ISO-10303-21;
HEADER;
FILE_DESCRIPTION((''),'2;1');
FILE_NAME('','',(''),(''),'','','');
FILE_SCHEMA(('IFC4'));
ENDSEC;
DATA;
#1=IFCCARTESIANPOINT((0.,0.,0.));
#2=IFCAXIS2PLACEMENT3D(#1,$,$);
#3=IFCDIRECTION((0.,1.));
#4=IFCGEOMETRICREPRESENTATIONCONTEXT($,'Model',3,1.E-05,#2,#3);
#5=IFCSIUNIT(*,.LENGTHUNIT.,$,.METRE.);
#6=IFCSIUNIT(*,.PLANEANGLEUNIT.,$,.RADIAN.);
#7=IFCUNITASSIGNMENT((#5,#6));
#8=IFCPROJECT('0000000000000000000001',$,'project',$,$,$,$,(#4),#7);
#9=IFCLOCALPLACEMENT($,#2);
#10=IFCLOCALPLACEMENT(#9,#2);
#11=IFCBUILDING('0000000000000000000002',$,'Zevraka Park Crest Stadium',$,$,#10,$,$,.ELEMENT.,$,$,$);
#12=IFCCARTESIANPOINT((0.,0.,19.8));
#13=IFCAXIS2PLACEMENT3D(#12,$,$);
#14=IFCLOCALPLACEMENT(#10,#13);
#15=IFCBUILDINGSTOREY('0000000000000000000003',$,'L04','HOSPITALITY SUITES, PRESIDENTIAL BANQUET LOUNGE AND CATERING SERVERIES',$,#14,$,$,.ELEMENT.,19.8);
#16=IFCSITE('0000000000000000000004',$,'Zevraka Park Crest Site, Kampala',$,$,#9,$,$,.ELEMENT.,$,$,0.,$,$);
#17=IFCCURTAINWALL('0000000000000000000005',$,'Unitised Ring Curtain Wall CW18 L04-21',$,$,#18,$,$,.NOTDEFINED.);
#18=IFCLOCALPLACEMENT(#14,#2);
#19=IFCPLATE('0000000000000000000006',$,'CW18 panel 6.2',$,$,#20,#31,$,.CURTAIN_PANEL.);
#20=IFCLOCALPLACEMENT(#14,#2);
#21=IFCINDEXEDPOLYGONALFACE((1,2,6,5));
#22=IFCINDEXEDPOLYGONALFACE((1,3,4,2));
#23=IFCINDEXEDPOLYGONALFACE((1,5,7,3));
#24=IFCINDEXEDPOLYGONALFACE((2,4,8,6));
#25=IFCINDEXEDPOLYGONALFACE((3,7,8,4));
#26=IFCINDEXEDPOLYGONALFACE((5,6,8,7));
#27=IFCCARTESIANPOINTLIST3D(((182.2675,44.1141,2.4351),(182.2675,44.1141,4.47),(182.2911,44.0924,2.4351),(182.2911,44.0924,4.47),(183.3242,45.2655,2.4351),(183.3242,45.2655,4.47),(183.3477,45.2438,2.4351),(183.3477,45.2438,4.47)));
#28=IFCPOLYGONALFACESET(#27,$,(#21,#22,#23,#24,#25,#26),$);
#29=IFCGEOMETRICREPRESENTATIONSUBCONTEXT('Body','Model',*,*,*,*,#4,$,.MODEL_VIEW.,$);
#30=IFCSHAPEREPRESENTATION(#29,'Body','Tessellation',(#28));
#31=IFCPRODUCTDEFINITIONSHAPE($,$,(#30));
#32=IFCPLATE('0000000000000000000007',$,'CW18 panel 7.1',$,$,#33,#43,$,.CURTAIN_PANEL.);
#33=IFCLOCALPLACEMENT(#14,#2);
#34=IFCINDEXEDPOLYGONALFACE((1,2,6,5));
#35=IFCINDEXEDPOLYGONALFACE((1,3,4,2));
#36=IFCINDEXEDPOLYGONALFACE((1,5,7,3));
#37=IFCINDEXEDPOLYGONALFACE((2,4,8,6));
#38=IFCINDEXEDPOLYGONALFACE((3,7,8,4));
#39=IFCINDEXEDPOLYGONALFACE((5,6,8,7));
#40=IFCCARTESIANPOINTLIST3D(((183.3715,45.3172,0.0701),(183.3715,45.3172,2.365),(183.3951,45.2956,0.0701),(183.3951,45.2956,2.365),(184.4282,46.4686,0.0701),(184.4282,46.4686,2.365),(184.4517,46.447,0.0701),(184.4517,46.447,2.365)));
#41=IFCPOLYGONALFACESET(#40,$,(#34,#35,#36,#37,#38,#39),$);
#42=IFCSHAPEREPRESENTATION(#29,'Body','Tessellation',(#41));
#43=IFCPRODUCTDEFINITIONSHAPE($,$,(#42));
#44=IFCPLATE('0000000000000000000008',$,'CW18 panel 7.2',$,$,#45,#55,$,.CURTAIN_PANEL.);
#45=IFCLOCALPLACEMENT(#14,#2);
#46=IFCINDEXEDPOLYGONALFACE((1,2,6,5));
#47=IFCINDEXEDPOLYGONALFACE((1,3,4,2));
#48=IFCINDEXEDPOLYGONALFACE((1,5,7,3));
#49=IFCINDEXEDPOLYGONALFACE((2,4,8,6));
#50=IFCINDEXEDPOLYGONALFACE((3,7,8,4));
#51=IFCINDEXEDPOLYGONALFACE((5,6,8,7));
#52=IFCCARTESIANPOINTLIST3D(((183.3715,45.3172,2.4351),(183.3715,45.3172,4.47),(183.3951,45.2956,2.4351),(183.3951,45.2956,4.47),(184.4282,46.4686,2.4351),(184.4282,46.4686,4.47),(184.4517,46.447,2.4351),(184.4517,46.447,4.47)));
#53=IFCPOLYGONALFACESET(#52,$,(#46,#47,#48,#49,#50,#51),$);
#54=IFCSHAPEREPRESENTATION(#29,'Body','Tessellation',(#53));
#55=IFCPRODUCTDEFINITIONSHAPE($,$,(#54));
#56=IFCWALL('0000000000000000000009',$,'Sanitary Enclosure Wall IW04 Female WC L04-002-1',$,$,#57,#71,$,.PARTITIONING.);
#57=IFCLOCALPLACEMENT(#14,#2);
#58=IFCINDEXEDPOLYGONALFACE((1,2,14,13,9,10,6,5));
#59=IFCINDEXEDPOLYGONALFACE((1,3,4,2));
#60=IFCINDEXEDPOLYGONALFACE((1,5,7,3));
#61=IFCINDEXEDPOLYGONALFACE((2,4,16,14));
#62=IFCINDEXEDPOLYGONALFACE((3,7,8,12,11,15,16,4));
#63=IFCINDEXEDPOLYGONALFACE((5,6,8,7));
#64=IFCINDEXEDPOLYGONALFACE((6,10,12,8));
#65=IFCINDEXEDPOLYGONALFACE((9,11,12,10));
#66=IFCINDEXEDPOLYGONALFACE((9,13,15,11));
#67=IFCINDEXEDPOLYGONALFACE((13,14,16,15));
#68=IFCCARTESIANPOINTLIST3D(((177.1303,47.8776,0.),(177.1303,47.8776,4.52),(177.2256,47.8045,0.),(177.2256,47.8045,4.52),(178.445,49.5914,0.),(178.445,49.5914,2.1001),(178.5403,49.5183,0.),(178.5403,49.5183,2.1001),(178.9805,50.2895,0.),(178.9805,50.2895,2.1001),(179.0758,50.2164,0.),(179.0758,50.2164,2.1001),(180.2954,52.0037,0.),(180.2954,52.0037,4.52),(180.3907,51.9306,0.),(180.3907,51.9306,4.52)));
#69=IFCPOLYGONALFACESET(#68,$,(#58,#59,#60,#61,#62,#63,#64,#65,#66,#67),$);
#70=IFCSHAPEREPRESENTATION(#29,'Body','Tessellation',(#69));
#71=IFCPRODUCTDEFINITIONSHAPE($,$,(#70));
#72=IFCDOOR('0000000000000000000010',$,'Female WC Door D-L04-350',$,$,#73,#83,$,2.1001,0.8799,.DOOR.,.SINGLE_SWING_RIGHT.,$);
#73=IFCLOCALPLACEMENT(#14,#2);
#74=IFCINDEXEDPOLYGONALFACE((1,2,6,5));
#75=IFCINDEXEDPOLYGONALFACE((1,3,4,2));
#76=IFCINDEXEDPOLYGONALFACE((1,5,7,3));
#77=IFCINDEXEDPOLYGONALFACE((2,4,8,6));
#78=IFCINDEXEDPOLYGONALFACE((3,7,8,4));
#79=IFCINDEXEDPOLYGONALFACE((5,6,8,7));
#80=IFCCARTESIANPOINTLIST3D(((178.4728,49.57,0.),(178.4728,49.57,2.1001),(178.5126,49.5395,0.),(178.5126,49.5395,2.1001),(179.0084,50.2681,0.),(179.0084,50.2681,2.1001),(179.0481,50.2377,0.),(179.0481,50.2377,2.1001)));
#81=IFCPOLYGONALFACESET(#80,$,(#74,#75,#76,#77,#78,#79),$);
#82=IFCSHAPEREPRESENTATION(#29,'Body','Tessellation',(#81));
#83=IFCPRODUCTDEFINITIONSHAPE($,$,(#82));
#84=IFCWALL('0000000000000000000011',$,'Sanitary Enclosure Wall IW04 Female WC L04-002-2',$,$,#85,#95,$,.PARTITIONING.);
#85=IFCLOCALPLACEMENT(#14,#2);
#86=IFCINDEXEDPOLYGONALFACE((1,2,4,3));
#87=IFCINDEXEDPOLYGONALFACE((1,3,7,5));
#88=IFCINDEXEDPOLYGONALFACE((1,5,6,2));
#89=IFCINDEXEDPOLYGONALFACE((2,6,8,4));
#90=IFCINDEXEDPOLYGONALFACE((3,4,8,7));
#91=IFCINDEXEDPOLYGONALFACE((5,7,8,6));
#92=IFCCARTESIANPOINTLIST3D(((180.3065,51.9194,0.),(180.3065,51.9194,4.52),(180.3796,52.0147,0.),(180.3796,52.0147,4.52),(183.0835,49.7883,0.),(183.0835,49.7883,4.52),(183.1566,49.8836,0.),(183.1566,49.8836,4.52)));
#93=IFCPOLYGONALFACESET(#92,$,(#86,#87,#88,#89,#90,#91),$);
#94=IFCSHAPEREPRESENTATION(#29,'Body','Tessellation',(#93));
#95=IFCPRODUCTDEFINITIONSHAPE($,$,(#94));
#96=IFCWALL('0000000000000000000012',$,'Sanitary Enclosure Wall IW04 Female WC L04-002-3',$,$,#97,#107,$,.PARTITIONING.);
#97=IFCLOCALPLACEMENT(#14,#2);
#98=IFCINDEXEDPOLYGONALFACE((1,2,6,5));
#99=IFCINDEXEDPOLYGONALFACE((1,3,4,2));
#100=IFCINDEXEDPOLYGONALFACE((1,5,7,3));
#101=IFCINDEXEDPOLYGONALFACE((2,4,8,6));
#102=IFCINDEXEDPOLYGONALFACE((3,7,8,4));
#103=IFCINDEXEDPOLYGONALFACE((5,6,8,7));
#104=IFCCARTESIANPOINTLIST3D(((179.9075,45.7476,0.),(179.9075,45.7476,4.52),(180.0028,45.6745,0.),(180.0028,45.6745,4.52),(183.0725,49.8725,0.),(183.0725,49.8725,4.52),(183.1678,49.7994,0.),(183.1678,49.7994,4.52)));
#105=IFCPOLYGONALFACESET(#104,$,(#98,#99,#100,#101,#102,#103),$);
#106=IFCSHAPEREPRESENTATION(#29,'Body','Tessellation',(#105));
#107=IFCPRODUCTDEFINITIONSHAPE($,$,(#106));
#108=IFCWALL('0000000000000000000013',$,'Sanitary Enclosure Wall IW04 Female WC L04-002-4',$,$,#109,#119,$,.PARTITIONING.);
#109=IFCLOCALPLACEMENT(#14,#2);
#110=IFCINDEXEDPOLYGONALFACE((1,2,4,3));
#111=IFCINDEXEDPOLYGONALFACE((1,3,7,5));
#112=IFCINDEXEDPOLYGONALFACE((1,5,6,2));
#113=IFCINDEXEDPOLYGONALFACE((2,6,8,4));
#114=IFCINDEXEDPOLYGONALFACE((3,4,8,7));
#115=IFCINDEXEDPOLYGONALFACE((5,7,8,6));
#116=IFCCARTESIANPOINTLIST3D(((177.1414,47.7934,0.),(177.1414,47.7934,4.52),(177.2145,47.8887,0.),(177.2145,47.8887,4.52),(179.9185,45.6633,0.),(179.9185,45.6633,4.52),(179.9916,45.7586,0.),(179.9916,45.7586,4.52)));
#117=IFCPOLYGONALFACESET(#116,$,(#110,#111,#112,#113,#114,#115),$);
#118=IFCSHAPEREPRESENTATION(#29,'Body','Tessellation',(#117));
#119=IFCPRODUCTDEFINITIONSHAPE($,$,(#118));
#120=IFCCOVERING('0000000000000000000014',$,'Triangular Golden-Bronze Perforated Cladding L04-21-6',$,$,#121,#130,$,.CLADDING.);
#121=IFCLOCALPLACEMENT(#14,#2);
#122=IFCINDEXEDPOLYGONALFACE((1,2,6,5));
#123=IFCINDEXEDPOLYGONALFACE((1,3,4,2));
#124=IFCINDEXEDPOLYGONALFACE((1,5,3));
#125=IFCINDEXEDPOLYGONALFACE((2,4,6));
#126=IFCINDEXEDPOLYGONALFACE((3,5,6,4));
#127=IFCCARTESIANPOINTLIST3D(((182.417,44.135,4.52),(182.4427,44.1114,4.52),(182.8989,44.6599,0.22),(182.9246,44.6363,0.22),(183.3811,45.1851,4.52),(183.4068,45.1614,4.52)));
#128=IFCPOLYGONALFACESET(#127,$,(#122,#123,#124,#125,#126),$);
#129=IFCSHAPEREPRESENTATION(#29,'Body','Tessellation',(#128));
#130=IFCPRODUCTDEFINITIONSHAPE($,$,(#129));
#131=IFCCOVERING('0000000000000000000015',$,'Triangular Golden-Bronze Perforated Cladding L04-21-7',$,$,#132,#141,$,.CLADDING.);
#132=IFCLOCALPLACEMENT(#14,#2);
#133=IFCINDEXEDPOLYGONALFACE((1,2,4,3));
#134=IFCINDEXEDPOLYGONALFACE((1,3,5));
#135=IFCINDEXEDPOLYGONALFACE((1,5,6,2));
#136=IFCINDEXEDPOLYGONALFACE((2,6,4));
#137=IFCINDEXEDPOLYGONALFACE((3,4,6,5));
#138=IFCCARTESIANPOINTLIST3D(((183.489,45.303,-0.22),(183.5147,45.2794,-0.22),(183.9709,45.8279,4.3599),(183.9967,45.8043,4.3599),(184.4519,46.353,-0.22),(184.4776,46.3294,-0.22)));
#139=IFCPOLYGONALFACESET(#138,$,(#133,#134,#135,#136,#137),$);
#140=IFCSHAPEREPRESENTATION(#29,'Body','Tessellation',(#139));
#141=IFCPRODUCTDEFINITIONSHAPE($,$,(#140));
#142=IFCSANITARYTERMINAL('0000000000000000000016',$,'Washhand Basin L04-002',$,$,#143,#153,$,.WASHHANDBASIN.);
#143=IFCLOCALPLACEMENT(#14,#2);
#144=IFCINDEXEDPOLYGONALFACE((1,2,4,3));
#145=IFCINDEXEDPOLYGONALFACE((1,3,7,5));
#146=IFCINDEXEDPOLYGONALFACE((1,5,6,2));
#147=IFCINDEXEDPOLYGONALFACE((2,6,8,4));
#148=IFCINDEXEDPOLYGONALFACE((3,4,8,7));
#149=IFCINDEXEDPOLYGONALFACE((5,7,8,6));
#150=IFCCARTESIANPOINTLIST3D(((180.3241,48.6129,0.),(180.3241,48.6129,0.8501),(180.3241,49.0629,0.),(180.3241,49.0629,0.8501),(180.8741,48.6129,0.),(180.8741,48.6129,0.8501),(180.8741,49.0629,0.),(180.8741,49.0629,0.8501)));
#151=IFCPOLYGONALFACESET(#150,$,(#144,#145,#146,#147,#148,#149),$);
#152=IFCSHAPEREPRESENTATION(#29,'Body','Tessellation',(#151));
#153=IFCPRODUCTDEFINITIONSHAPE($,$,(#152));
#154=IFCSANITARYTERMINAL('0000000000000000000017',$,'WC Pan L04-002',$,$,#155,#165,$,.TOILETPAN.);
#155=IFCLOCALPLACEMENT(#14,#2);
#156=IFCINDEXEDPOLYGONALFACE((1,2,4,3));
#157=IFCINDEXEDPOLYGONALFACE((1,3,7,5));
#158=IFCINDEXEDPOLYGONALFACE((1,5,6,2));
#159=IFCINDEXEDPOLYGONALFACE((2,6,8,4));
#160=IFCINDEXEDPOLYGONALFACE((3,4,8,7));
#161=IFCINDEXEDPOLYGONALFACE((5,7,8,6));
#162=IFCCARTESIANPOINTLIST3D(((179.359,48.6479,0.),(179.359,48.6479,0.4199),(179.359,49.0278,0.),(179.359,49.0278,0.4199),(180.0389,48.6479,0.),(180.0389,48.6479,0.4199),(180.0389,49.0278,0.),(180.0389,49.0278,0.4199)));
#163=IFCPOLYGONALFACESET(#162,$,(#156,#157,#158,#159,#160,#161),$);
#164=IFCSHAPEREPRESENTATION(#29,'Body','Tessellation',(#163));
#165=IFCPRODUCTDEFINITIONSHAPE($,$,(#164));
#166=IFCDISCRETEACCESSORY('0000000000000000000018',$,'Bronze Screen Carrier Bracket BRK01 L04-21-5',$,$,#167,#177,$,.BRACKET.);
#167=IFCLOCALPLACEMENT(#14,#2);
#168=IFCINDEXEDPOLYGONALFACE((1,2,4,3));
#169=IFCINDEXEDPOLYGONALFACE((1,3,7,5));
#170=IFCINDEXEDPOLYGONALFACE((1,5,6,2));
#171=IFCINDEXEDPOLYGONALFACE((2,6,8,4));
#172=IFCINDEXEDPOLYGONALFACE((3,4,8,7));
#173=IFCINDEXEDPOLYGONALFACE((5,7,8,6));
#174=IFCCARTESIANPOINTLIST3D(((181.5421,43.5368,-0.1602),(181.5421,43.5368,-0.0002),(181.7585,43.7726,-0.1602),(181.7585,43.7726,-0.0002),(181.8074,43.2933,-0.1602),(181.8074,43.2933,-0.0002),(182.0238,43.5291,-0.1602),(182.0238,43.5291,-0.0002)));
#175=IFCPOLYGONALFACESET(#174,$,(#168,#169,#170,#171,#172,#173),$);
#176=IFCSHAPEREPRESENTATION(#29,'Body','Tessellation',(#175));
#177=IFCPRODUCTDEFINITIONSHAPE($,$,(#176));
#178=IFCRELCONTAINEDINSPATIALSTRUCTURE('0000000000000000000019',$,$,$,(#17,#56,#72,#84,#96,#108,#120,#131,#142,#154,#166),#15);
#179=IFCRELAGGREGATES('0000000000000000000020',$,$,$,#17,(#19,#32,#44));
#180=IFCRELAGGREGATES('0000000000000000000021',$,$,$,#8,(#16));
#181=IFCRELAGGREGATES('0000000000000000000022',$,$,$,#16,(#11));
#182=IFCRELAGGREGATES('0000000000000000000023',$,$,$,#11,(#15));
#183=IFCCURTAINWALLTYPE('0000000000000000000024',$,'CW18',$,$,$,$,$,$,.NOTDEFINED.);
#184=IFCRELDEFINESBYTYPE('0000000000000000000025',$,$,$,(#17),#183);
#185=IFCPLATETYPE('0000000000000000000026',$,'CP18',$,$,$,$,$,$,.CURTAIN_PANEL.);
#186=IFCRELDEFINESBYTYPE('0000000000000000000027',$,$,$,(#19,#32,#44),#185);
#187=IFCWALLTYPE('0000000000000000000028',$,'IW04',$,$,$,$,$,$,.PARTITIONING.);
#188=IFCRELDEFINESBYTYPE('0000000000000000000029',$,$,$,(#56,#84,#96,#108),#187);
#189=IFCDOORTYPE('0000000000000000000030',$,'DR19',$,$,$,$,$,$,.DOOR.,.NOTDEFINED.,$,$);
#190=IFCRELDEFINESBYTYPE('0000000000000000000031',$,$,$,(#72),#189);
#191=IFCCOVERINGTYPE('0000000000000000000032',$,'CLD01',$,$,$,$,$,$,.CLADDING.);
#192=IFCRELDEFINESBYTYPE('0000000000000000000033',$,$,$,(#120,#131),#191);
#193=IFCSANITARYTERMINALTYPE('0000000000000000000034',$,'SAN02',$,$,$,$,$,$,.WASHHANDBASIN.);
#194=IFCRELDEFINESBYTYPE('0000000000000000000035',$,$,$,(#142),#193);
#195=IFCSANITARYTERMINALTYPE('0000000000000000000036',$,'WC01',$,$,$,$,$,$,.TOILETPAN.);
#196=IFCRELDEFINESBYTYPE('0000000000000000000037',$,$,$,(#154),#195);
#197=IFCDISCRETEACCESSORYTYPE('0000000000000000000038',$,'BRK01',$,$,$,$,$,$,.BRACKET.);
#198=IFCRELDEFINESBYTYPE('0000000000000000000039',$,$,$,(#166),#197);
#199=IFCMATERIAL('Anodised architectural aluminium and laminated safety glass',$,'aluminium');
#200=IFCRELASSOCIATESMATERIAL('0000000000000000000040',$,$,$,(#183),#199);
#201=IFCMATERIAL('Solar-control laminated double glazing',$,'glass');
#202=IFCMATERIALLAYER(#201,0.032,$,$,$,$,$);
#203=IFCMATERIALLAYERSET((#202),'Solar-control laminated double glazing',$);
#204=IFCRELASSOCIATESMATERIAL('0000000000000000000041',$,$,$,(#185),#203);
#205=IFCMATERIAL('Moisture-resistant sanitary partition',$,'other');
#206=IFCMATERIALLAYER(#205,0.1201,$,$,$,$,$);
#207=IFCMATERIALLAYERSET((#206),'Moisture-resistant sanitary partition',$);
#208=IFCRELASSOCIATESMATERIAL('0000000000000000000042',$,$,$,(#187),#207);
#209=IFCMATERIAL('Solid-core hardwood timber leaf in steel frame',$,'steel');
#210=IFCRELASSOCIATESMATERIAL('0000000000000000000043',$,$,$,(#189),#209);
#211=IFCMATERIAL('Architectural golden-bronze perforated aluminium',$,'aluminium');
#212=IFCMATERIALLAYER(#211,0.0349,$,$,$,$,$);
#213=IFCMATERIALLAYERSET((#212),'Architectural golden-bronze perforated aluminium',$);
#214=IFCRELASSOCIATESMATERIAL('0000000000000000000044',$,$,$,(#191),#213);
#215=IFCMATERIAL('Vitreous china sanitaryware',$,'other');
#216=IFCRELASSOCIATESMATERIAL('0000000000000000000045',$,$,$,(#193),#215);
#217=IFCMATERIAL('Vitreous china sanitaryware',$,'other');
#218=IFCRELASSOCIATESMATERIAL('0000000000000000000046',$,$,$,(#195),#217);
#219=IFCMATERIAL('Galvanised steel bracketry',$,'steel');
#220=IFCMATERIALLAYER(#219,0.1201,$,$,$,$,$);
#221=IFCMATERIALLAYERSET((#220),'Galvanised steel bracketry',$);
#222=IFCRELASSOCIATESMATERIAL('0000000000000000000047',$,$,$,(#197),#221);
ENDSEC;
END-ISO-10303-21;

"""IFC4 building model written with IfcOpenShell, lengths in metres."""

from ifc_helpers import new_model, si_unit, direction, frame, frame_2d, origin, origin_2d, place, context, subcontext, project, spatial, polyline, rectangle, outline, extrude, material, layer, layer_set, type_object, element, fill, aggregate, save


model = new_model("IFC4")

# Units and contexts
model_context = context("Model", 3, precision=1e-05, world=origin(), true_north=direction((0.0, 1.0)))
body_context = subcontext(model_context, "Body", "Model", "MODEL_VIEW")
ifc_project = project(units=[si_unit("LENGTHUNIT", "METRE"), si_unit("PLANEANGLEUNIT", "RADIAN")], contexts=[model_context])

# Site, building, storey
site_placement = place(None, origin())
site = spatial("IfcSite", under=ifc_project, at=site_placement, Name="Zevraka Park Crest Site, Kampala", CompositionType="ELEMENT", RefElevation=0.0)
building_placement = place(site_placement, origin())
building = spatial("IfcBuilding", under=site, at=building_placement, Name="Zevraka Park Crest Stadium", CompositionType="ELEMENT")
storey_placement = place(building_placement, frame((0.0, 0.0, 19.8)))
storey = spatial("IfcBuildingStorey", under=building, at=storey_placement, Name="L04", Description="HOSPITALITY SUITES, PRESIDENTIAL BANQUET LOUNGE AND CATERING SERVERIES", CompositionType="ELEMENT", Elevation=19.8)

# Curtain wall
ifc_material_1 = material(Name="Anodised architectural aluminium and laminated safety glass", Category="aluminium")
curtain_wall_type = type_object("IfcCurtainWallType", Name="CW18", PredefinedType="NOTDEFINED", material=ifc_material_1)
curtain_wall_placement = place(storey_placement, origin())
curtain_wall = element("IfcCurtainWall", 1, at=curtain_wall_placement, inside=storey, type_object=curtain_wall_type, Name="Unitised Ring Curtain Wall CW18 L04-21", PredefinedType="NOTDEFINED")

# Plates
ifc_material_2 = material(Name="Solar-control laminated double glazing", Category="glass")
ifc_layer_1 = layer(ifc_material_2, 0.032)
ifc_layer_set_1 = layer_set([ifc_layer_1], Name="Solar-control laminated double glazing")
plate_type = type_object("IfcPlateType", Name="CP18", PredefinedType="CURTAIN_PANEL", material=ifc_layer_set_1)
plate_1_placement = place(storey_placement, frame((182.8076, 44.679, 2.4351), z_axis=(0.0, 0.0, 1.0), x_axis=(0.676138, 0.736775, 0.0)))
plate_1 = element("IfcPlate", 2, at=plate_1_placement, type_object=plate_type, Name="CW18 panel 6.2", PredefinedType="CURTAIN_PANEL", context=body_context, shape_type="SweptSolid", body=[
    extrude(rectangle(XDim=1.5627, YDim=0.032, at=origin_2d()), origin(), (0.0, 0.0, 1.0), 2.0349),
])
plate_2_placement = place(storey_placement, frame((183.9116, 45.8821, 0.0701), z_axis=(0.0, 0.0, 1.0), x_axis=(0.676138, 0.736775, 0.0)))
plate_2 = element("IfcPlate", 3, at=plate_2_placement, type_object=plate_type, Name="CW18 panel 7.1", PredefinedType="CURTAIN_PANEL", context=body_context, shape_type="SweptSolid", body=[
    extrude(rectangle(XDim=1.5627, YDim=0.032, at=origin_2d()), origin(), (0.0, 0.0, 1.0), 2.2949),
])
plate_3_placement = place(storey_placement, frame((183.9116, 45.8821, 2.4351), z_axis=(0.0, 0.0, 1.0), x_axis=(0.676138, 0.736775, 0.0)))
plate_3 = element("IfcPlate", 4, at=plate_3_placement, type_object=plate_type, Name="CW18 panel 7.2", PredefinedType="CURTAIN_PANEL", context=body_context, shape_type="SweptSolid", body=[
    extrude(rectangle(XDim=1.5627, YDim=0.032, at=origin_2d()), origin(), (0.0, 0.0, 1.0), 2.0349),
])
aggregate(curtain_wall, [plate_1, plate_2, plate_3])

# Wall, opening, door
ifc_material_3 = material(Name="Moisture-resistant sanitary partition", Category="other")
ifc_layer_2 = layer(ifc_material_3, 0.1201)
ifc_layer_set_2 = layer_set([ifc_layer_2], Name="Moisture-resistant sanitary partition")
wall_type = type_object("IfcWallType", Name="IW04", PredefinedType="PARTITIONING", material=ifc_layer_set_2)
wall_1_placement = place(storey_placement, frame((177.178, 47.8411, 0.0), z_axis=(0.0, 0.0, 1.0), x_axis=(0.608648, 0.79344, 0.0)))
wall_1 = element("IfcWall", 5, at=wall_1_placement, inside=storey, type_object=wall_type, Name="Sanitary Enclosure Wall IW04 Female WC L04-002-1", PredefinedType="PARTITIONING", context=body_context, shape_type="SweptSolid", body=[
    extrude(rectangle(XDim=5.2002, YDim=0.1201, at=frame_2d((2.6001, 0.0))), origin(), (0.0, 0.0, 1.0), 4.52),
])
opening_placement = place(wall_1_placement, frame((2.1599, 0.0, 0.0)))
opening = element("IfcOpeningElement", 6, at=opening_placement, cuts=wall_1, PredefinedType="OPENING", context=body_context, shape_type="SweptSolid", body=[
    extrude(rectangle(XDim=0.8799, YDim=2.1001, at=frame_2d((0.4399, 1.05))), frame((0.0, 0.0701, 0.0), z_axis=(0.0, -1.0, 0.0), x_axis=(1.0, 0.0, 0.0)), (0.0, 0.0, 1.0), 0.1401),
])
ifc_material_4 = material(Name="Solid-core hardwood timber leaf in steel frame", Category="steel")
door_type = type_object("IfcDoorType", Name="DR19", OperationType="NOTDEFINED", PredefinedType="DOOR", material=ifc_material_4)
door_placement = place(opening_placement, origin())
door = element("IfcDoor", 7, at=door_placement, inside=storey, type_object=door_type, Name="Female WC Door D-L04-350", OperationType="SINGLE_SWING_RIGHT", OverallHeight=2.1001, OverallWidth=0.8799, PredefinedType="DOOR", context=body_context, shape_type="SweptSolid", body=[
    extrude(rectangle(XDim=0.8799, YDim=2.1001, at=frame_2d((0.4399, 1.05))), frame((0.0, 0.0249, 0.0), z_axis=(0.0, -1.0, 0.0), x_axis=(1.0, 0.0, 0.0)), (0.0, 0.0, 1.0), 0.05),
])
fill(opening, door)

# Walls
wall_2_placement = place(storey_placement, frame((180.343, 51.967, 0.0), z_axis=(0.0, 0.0, 1.0), x_axis=(0.793331, -0.60879, 0.0)))
element("IfcWall", 8, at=wall_2_placement, inside=storey, type_object=wall_type, Name="Sanitary Enclosure Wall IW04 Female WC L04-002-2", PredefinedType="PARTITIONING", context=body_context, shape_type="SweptSolid", body=[
    extrude(rectangle(XDim=3.5005, YDim=0.1201, at=frame_2d((1.7502, 0.0))), origin(), (0.0, 0.0, 1.0), 4.52),
])
wall_3_placement = place(storey_placement, frame((183.1201, 49.8359, 0.0), z_axis=(0.0, 0.0, 1.0), x_axis=(-0.608739, -0.793371, 0.0)))
element("IfcWall", 9, at=wall_3_placement, inside=storey, type_object=wall_type, Name="Sanitary Enclosure Wall IW04 Female WC L04-002-3", PredefinedType="PARTITIONING", context=body_context, shape_type="SweptSolid", body=[
    extrude(rectangle(XDim=5.1992, YDim=0.1201, at=frame_2d((2.5996, 0.0))), origin(), (0.0, 0.0, 1.0), 4.52),
])
wall_4_placement = place(storey_placement, frame((179.9551, 45.7109, 0.0), z_axis=(0.0, 0.0, 1.0), x_axis=(-0.793466, 0.608615, 0.0)))
element("IfcWall", 10, at=wall_4_placement, inside=storey, type_object=wall_type, Name="Sanitary Enclosure Wall IW04 Female WC L04-002-4", PredefinedType="PARTITIONING", context=body_context, shape_type="SweptSolid", body=[
    extrude(rectangle(XDim=3.5, YDim=0.1201, at=frame_2d((1.75, 0.0))), origin(), (0.0, 0.0, 1.0), 4.52),
])

# Coverings
ifc_material_5 = material(Name="Architectural golden-bronze perforated aluminium", Category="aluminium")
ifc_layer_3 = layer(ifc_material_5, 0.0349)
ifc_layer_set_3 = layer_set([ifc_layer_3], Name="Architectural golden-bronze perforated aluminium")
covering_type = type_object("IfcCoveringType", Name="CLD01", PredefinedType="CLADDING", material=ifc_layer_set_3)
covering_1_placement = place(storey_placement, frame((183.3811, 45.1851, 4.52), z_axis=(-0.736606, 0.676322, 0.000002), x_axis=(-0.676322, -0.736606, 0.0)))
element("IfcCovering", 11, at=covering_1_placement, inside=storey, type_object=covering_type, Name="Triangular Golden-Bronze Perforated Cladding L04-21-6", PredefinedType="CLADDING", context=body_context, shape_type="SweptSolid", body=[
    extrude(outline(polyline([(0.0, 0.0), (1.4255, 0.0), (0.7129, -4.3), (0.0, 0.0)])), origin(), (0.0, 0.0, -1.0), 0.0349),
])
covering_2_placement = place(storey_placement, frame((183.489, 45.303, -0.22), z_axis=(-0.737033, 0.675857, 0.000097), x_axis=(0.675857, 0.737033, 0.0)))
element("IfcCovering", 12, at=covering_2_placement, inside=storey, type_object=covering_type, Name="Triangular Golden-Bronze Perforated Cladding L04-21-7", PredefinedType="CLADDING", context=body_context, shape_type="SweptSolid", body=[
    extrude(outline(polyline([(0.0, 0.0), (1.4247, 0.0), (0.7126, -4.5798), (0.0, 0.0)])), origin(), (0.0, 0.0, -1.0), 0.0349),
])

# Sanitary terminals
ifc_material_6 = material(Name="Vitreous china sanitaryware", Category="other")
sanitary_terminal_type_1 = type_object("IfcSanitaryTerminalType", Name="SAN02", PredefinedType="WASHHANDBASIN", material=ifc_material_6)
sanitary_terminal_1_placement = place(storey_placement, frame((180.5991, 48.8379, 0.0), z_axis=(0.0, 0.0, 1.0), x_axis=(1.0, 0.0, 0.0)))
element("IfcSanitaryTerminal", 13, at=sanitary_terminal_1_placement, inside=storey, type_object=sanitary_terminal_type_1, Name="Washhand Basin L04-002", PredefinedType="WASHHANDBASIN", context=body_context, shape_type="SweptSolid", body=[
    extrude(rectangle(XDim=0.55, YDim=0.45, at=origin_2d()), origin(), (0.0, 0.0, 1.0), 0.8501),
])
ifc_material_7 = material(Name="Vitreous china sanitaryware", Category="other")
sanitary_terminal_type_2 = type_object("IfcSanitaryTerminalType", Name="WC01", PredefinedType="TOILETPAN", material=ifc_material_7)
sanitary_terminal_2_placement = place(storey_placement, frame((179.699, 48.8379, 0.0), z_axis=(0.0, 0.0, 1.0), x_axis=(1.0, 0.0, 0.0)))
element("IfcSanitaryTerminal", 14, at=sanitary_terminal_2_placement, inside=storey, type_object=sanitary_terminal_type_2, Name="WC Pan L04-002", PredefinedType="TOILETPAN", context=body_context, shape_type="SweptSolid", body=[
    extrude(rectangle(XDim=0.6799, YDim=0.3799, at=origin_2d()), origin(), (0.0, 0.0, 1.0), 0.4199),
])

# Discrete accessory
ifc_material_8 = material(Name="Galvanised steel bracketry", Category="steel")
ifc_layer_4 = layer(ifc_material_8, 0.1201)
ifc_layer_set_4 = layer_set([ifc_layer_4], Name="Galvanised steel bracketry")
discrete_accessory_type = type_object("IfcDiscreteAccessoryType", Name="BRK01", PredefinedType="BRACKET", material=ifc_layer_set_4)
for number, where, z_axis, x_axis, name in (
    (15, (181.783, 43.533, -0.1602), (0.0, 0.0, 1.0), (0.676105, 0.736806, 0.0), "Bronze Screen Carrier Bracket BRK01 L04-21-5"),
):
    element("IfcDiscreteAccessory", number, at=place(storey_placement, frame(where, z_axis=z_axis, x_axis=x_axis)), inside=storey, type_object=discrete_accessory_type, Name=name, PredefinedType="BRACKET", context=body_context, shape_type="SweptSolid", body=[
        extrude(rectangle(XDim=0.3201, YDim=0.3601, at=origin_2d()), origin(), (0.0, 0.0, 1.0), 0.1599),
    ])

save(model, "model.ifc")
